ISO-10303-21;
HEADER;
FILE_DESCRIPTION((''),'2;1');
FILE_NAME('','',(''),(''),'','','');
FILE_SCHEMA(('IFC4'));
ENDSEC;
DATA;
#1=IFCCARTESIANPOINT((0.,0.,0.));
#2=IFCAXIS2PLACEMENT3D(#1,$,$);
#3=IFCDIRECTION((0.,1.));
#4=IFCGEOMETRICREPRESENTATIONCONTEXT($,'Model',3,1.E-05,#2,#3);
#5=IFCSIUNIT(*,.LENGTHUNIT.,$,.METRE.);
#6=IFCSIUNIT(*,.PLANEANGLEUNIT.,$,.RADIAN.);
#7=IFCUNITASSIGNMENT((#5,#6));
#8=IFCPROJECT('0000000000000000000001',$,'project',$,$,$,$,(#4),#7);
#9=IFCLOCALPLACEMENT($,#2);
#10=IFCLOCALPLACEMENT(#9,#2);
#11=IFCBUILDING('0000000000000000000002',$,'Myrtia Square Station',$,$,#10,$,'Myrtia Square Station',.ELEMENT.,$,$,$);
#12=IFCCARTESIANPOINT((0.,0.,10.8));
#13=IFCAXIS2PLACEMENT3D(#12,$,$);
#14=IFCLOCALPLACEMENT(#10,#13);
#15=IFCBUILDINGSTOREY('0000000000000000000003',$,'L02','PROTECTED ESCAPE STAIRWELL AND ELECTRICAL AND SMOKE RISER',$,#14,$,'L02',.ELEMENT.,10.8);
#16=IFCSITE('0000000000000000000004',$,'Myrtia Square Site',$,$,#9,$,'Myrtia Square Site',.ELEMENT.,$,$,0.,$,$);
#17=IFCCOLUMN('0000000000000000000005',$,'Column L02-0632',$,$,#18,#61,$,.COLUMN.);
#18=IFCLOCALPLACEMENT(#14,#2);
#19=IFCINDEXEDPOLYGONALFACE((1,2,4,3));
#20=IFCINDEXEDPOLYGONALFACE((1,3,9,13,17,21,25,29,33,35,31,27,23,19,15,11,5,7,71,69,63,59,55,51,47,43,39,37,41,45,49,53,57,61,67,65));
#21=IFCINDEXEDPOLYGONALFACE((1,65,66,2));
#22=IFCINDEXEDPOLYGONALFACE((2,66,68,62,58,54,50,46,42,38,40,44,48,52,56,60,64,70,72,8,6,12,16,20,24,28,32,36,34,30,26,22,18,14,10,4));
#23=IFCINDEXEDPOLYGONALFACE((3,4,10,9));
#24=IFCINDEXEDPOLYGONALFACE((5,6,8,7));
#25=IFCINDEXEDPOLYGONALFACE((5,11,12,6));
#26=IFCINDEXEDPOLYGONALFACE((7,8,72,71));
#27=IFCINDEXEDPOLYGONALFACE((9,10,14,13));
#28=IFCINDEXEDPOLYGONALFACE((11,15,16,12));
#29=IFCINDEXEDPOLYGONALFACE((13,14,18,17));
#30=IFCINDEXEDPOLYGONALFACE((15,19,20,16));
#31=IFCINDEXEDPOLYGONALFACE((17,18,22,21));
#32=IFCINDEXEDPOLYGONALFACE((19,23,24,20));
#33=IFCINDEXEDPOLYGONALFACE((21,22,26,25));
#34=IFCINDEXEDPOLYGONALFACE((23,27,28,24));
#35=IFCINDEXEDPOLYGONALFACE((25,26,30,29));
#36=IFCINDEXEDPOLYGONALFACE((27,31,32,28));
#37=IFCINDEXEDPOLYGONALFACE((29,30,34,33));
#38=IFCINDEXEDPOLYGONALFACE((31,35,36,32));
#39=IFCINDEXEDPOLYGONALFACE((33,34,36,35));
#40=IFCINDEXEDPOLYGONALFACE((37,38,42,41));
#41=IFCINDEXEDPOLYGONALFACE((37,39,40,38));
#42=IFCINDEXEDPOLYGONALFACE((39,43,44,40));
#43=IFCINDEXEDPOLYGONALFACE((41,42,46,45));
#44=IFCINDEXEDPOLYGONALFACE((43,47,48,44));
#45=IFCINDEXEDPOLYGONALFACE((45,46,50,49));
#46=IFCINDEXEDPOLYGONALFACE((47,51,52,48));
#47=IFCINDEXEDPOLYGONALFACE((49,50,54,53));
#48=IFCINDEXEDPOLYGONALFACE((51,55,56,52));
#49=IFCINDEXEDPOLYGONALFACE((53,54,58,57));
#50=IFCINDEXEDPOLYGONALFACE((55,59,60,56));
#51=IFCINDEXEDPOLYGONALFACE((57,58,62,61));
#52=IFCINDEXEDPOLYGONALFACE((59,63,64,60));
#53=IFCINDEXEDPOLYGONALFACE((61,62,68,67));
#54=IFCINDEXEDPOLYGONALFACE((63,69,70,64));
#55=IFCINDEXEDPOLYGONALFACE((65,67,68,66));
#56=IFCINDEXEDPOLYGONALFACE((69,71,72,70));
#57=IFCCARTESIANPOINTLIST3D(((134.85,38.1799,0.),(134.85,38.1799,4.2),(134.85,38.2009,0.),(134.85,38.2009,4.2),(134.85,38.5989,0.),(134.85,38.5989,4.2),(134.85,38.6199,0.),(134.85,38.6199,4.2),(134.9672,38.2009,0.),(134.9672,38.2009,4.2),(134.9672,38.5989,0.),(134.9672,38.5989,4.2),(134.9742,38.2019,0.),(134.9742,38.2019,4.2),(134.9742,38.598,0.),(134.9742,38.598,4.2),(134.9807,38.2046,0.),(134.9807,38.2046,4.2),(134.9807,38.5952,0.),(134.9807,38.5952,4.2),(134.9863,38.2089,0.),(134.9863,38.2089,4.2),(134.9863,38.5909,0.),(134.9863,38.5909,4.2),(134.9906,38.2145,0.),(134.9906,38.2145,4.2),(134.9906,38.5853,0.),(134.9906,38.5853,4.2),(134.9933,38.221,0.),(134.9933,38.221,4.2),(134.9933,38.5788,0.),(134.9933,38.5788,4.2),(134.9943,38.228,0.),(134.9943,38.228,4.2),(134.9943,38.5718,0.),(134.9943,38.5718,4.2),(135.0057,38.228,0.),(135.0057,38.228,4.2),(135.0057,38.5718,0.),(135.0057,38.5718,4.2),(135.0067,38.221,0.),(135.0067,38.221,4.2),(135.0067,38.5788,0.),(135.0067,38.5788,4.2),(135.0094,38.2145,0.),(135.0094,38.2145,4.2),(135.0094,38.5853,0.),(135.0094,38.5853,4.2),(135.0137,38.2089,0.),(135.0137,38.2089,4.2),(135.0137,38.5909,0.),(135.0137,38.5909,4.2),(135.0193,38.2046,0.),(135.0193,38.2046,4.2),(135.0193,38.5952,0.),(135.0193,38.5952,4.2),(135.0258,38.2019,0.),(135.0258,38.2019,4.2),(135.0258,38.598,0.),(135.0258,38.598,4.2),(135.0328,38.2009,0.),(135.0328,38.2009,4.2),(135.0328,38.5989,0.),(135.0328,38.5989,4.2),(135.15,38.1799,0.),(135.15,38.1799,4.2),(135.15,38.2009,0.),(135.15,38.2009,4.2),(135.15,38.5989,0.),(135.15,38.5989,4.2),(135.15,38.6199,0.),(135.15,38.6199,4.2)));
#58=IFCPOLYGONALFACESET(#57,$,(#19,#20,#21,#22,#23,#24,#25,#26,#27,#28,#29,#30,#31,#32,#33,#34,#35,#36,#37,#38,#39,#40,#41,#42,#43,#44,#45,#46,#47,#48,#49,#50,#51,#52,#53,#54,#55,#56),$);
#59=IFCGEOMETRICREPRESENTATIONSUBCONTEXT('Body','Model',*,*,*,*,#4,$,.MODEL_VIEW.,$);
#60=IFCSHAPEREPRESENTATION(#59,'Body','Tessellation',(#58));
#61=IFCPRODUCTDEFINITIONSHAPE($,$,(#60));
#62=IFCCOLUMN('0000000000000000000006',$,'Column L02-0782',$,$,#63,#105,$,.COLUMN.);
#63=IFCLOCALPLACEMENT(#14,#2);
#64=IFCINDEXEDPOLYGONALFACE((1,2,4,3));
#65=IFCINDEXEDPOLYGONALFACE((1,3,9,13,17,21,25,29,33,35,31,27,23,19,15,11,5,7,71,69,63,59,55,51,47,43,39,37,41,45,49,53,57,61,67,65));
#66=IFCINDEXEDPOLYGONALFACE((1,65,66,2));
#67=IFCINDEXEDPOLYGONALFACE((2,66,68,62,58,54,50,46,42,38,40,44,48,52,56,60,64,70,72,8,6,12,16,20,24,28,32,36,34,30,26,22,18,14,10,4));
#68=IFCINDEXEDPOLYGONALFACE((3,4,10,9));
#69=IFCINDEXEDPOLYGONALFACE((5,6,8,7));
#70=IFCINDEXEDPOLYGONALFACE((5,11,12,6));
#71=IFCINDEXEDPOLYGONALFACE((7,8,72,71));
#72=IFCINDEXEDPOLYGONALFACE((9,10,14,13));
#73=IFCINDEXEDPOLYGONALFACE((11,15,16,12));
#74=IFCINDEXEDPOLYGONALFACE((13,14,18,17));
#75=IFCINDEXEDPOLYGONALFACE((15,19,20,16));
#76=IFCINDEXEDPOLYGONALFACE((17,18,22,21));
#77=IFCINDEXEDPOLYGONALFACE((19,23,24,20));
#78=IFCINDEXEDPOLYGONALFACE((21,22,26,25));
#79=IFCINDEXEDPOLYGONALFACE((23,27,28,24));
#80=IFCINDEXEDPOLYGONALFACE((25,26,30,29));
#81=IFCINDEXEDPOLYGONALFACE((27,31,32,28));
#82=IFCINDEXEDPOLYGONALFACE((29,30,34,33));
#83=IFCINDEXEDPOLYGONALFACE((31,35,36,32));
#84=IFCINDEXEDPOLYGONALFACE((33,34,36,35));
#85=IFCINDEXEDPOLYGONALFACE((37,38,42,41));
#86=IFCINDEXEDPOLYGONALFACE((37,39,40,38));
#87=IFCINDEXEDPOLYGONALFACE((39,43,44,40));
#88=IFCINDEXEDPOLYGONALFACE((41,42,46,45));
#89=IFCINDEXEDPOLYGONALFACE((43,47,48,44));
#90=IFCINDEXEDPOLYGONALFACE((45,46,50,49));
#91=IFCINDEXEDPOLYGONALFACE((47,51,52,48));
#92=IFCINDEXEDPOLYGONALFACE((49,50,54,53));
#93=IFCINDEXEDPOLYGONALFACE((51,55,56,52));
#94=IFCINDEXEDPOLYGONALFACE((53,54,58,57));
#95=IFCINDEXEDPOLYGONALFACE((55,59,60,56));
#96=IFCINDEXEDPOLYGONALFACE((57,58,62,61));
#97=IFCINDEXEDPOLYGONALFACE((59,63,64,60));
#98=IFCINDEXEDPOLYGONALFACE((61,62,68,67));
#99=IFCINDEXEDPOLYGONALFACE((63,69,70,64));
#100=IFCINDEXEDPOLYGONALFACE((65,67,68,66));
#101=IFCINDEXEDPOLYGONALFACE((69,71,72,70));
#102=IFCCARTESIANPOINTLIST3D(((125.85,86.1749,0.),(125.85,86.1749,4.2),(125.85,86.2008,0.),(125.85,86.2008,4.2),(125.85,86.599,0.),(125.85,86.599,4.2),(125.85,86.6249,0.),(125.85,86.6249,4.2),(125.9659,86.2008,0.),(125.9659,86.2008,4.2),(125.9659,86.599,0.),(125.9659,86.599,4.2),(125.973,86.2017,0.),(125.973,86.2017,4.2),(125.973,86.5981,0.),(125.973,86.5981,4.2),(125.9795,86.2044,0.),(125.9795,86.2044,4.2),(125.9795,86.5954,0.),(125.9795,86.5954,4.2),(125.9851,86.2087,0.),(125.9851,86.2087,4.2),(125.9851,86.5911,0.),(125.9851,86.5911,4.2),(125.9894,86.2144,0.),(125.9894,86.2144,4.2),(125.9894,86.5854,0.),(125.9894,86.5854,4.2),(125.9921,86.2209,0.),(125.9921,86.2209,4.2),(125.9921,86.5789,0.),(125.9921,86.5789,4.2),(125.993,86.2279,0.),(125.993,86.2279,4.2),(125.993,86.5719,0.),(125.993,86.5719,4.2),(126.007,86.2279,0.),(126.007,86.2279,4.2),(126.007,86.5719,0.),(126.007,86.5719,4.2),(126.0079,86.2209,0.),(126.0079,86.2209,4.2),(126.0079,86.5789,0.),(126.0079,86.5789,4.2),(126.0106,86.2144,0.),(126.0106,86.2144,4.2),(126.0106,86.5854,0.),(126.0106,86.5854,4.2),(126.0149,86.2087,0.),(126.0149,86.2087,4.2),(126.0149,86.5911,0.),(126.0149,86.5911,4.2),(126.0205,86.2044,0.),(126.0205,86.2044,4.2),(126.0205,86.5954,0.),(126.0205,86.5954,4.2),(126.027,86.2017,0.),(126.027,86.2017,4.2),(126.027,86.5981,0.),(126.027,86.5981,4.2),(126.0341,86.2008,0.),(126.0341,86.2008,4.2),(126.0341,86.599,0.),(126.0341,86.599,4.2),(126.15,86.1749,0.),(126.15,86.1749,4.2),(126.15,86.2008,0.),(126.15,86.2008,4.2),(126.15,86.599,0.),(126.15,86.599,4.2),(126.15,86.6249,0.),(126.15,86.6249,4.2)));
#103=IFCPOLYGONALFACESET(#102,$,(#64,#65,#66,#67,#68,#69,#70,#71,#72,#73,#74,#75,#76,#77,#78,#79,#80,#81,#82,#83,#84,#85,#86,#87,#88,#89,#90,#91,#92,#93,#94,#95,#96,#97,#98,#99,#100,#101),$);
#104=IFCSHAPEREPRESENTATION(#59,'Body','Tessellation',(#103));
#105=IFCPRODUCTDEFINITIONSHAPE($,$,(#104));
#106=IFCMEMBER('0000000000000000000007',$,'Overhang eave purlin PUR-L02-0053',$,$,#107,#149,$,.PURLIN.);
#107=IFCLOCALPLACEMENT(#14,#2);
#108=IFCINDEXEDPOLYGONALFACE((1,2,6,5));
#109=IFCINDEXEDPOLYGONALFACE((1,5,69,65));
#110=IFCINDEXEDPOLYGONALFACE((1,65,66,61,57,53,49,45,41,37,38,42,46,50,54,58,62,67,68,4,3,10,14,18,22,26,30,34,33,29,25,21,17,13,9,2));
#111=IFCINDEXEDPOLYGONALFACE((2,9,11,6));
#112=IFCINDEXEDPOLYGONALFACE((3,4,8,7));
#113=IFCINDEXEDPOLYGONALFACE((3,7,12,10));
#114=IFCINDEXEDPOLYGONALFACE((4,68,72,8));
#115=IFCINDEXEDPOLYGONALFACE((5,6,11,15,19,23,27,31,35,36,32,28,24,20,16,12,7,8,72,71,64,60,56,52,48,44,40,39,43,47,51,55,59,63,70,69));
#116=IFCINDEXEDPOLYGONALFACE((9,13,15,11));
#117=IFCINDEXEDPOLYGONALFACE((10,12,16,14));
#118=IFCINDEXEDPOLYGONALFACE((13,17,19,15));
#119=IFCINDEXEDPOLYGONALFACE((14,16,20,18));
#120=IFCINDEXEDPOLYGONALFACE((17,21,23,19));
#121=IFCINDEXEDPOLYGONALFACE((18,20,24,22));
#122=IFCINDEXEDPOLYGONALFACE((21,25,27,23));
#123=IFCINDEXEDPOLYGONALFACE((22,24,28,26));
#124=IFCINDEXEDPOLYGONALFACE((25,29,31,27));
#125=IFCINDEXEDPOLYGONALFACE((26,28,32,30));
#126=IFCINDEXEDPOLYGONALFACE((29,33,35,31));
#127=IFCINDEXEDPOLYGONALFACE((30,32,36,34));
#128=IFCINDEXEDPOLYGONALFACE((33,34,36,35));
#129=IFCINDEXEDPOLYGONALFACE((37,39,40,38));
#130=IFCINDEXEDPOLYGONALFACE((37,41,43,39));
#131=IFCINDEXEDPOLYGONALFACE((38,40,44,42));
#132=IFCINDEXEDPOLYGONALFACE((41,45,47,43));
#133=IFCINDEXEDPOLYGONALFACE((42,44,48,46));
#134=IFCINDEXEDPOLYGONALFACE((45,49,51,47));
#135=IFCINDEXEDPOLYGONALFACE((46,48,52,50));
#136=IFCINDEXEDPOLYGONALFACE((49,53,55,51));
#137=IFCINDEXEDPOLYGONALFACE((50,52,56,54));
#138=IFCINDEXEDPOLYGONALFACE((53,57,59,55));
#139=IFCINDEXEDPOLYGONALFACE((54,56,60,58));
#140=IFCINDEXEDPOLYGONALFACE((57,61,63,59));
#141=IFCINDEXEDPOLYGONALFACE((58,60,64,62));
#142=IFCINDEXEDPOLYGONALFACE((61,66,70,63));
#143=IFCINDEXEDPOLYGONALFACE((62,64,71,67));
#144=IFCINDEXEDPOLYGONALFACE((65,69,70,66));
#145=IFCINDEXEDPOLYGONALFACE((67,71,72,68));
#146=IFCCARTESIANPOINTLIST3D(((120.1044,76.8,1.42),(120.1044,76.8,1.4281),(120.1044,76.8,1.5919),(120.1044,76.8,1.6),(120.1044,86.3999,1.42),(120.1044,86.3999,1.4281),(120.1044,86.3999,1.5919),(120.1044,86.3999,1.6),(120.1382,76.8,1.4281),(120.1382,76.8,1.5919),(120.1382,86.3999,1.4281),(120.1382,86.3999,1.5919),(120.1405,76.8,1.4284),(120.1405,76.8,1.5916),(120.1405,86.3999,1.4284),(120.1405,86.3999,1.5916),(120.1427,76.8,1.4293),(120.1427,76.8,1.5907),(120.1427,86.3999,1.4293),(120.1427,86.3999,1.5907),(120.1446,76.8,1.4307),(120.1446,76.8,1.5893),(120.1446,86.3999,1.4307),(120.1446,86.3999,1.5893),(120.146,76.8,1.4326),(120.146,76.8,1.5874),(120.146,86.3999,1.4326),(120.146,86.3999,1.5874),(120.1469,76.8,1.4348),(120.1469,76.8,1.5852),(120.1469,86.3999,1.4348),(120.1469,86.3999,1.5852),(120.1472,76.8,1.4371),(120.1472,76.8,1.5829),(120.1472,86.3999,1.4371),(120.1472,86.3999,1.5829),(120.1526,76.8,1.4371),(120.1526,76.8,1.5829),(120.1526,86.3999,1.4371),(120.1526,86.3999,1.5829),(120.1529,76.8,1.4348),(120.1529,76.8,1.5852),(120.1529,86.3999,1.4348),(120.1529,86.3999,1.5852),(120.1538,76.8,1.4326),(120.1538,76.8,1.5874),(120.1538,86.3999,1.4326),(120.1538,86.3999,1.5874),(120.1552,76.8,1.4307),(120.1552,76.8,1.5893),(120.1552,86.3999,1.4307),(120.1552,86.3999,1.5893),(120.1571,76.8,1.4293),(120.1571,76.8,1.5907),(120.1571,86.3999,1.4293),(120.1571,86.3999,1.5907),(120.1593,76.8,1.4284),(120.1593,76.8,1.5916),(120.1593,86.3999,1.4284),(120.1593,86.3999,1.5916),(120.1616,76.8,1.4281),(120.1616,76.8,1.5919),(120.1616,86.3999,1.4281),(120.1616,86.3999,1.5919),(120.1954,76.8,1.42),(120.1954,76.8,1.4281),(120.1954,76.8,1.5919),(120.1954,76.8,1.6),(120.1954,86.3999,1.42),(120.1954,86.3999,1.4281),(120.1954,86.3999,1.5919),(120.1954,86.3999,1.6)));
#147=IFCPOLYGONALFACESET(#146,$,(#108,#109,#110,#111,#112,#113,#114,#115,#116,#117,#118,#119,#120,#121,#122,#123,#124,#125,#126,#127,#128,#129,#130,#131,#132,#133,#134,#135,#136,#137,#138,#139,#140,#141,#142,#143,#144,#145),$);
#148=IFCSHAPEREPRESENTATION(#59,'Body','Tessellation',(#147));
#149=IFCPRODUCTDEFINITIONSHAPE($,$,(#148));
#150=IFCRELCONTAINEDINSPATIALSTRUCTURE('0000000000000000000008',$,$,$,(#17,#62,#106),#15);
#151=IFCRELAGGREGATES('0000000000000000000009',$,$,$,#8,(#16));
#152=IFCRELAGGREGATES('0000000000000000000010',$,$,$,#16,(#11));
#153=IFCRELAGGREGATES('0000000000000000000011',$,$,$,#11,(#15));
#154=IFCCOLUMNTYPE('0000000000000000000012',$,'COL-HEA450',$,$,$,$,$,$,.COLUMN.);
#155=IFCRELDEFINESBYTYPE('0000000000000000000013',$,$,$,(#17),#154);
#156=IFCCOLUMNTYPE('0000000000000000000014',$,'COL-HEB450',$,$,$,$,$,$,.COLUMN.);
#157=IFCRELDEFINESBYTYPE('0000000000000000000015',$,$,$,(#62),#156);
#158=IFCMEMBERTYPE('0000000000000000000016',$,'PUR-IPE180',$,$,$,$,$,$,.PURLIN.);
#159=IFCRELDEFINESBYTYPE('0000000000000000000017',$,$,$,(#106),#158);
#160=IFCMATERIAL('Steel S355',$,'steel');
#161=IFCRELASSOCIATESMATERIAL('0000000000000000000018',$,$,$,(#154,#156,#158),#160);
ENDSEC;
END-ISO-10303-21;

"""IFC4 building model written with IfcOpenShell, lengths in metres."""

from ifc_helpers import new_model, si_unit, direction, frame, origin, origin_2d, place, context, subcontext, project, spatial, i_section, extrude, material, material_profile, profile_set, type_object, element, save


model = new_model("IFC4")

# Units and contexts
model_context = context("Model", 3, precision=1e-05, world=origin(), true_north=direction((0.0, 1.0)))
body_context = subcontext(model_context, "Body", "Model", "MODEL_VIEW")
ifc_project = project(units=[si_unit("LENGTHUNIT", "METRE"), si_unit("PLANEANGLEUNIT", "RADIAN")], contexts=[model_context])

# Site, building, storey
site_placement = place(None, origin())
site = spatial("IfcSite", under=ifc_project, at=site_placement, Name="Myrtia Square Site", LongName="Myrtia Square Site", CompositionType="ELEMENT", RefElevation=0.0)
building_placement = place(site_placement, origin())
building = spatial("IfcBuilding", under=site, at=building_placement, Name="Myrtia Square Station", LongName="Myrtia Square Station", CompositionType="ELEMENT")
storey_placement = place(building_placement, frame((0.0, 0.0, 10.8)))
storey = spatial("IfcBuildingStorey", under=building, at=storey_placement, Name="L02", Description="PROTECTED ESCAPE STAIRWELL AND ELECTRICAL AND SMOKE RISER", LongName="L02", CompositionType="ELEMENT", Elevation=10.8)

# Columns
ifc_material_1 = material(Name="Steel S355", Category="steel")
ifc_material_profile_1 = material_profile(ifc_material_1, i_section(OverallWidth=0.3, OverallDepth=0.4399, WebThickness=0.0115, FlangeThickness=0.021, FilletRadius=0.0271, at=origin_2d()), Name="HEA 450")
ifc_profile_set_1 = profile_set([ifc_material_profile_1], Name="Steel S355")
column_type_1 = type_object("IfcColumnType", Name="COL-HEA450", PredefinedType="COLUMN", material=ifc_profile_set_1)
column_1_placement = place(storey_placement, frame((135.0, 38.3999, 0.0), z_axis=(0.0, 0.0, 1.0), x_axis=(1.0, 0.0, 0.0)))
element("IfcColumn", 1, at=column_1_placement, inside=storey, type_object=column_type_1, Name="Column L02-0632", PredefinedType="COLUMN", context=body_context, shape_type="SweptSolid", body=[
    extrude(i_section(OverallWidth=0.3, OverallDepth=0.4399, WebThickness=0.0115, FlangeThickness=0.021, FilletRadius=0.0271, at=origin_2d()), origin(), (0.0, 0.0, 1.0), 4.2),
])
ifc_material_profile_2 = material_profile(ifc_material_1, i_section(OverallWidth=0.3, OverallDepth=0.45, WebThickness=0.0139, FlangeThickness=0.0259, FilletRadius=0.0271, at=origin_2d()), Name="HEB 450")
ifc_profile_set_2 = profile_set([ifc_material_profile_2], Name="Steel S355")
column_type_2 = type_object("IfcColumnType", Name="COL-HEB450", PredefinedType="COLUMN", material=ifc_profile_set_2)
column_2_placement = place(storey_placement, frame((126.0, 86.3999, 0.0), z_axis=(0.0, 0.0, 1.0), x_axis=(1.0, 0.0, 0.0)))
element("IfcColumn", 2, at=column_2_placement, inside=storey, type_object=column_type_2, Name="Column L02-0782", PredefinedType="COLUMN", context=body_context, shape_type="SweptSolid", body=[
    extrude(i_section(OverallWidth=0.3, OverallDepth=0.45, WebThickness=0.0139, FlangeThickness=0.0259, FilletRadius=0.0271, at=origin_2d()), origin(), (0.0, 0.0, 1.0), 4.2),
])

# Member
ifc_material_profile_3 = material_profile(ifc_material_1, i_section(OverallWidth=0.0911, OverallDepth=0.1799, WebThickness=0.0054, FlangeThickness=0.0081, FilletRadius=0.009, at=origin_2d()), Name="IPE 180")
ifc_profile_set_3 = profile_set([ifc_material_profile_3], Name="Steel S355")
member_type_1 = type_object("IfcMemberType", Name="PUR-IPE180", PredefinedType="PURLIN", material=ifc_profile_set_3)
member_1_placement = place(storey_placement, frame((120.1499, 76.8, 1.51), z_axis=(0.0, 1.0, 0.0), x_axis=(-1.0, 0.0, 0.0)))
element("IfcMember", 3, at=member_1_placement, inside=storey, type_object=member_type_1, Name="Overhang eave purlin PUR-L02-0053", PredefinedType="PURLIN", context=body_context, shape_type="SweptSolid", body=[
    extrude(i_section(OverallWidth=0.0911, OverallDepth=0.1799, WebThickness=0.0054, FlangeThickness=0.0081, FilletRadius=0.009, at=origin_2d()), origin(), (0.0, 0.0, 1.0), 9.5999),
])

save(model, "model.ifc")
